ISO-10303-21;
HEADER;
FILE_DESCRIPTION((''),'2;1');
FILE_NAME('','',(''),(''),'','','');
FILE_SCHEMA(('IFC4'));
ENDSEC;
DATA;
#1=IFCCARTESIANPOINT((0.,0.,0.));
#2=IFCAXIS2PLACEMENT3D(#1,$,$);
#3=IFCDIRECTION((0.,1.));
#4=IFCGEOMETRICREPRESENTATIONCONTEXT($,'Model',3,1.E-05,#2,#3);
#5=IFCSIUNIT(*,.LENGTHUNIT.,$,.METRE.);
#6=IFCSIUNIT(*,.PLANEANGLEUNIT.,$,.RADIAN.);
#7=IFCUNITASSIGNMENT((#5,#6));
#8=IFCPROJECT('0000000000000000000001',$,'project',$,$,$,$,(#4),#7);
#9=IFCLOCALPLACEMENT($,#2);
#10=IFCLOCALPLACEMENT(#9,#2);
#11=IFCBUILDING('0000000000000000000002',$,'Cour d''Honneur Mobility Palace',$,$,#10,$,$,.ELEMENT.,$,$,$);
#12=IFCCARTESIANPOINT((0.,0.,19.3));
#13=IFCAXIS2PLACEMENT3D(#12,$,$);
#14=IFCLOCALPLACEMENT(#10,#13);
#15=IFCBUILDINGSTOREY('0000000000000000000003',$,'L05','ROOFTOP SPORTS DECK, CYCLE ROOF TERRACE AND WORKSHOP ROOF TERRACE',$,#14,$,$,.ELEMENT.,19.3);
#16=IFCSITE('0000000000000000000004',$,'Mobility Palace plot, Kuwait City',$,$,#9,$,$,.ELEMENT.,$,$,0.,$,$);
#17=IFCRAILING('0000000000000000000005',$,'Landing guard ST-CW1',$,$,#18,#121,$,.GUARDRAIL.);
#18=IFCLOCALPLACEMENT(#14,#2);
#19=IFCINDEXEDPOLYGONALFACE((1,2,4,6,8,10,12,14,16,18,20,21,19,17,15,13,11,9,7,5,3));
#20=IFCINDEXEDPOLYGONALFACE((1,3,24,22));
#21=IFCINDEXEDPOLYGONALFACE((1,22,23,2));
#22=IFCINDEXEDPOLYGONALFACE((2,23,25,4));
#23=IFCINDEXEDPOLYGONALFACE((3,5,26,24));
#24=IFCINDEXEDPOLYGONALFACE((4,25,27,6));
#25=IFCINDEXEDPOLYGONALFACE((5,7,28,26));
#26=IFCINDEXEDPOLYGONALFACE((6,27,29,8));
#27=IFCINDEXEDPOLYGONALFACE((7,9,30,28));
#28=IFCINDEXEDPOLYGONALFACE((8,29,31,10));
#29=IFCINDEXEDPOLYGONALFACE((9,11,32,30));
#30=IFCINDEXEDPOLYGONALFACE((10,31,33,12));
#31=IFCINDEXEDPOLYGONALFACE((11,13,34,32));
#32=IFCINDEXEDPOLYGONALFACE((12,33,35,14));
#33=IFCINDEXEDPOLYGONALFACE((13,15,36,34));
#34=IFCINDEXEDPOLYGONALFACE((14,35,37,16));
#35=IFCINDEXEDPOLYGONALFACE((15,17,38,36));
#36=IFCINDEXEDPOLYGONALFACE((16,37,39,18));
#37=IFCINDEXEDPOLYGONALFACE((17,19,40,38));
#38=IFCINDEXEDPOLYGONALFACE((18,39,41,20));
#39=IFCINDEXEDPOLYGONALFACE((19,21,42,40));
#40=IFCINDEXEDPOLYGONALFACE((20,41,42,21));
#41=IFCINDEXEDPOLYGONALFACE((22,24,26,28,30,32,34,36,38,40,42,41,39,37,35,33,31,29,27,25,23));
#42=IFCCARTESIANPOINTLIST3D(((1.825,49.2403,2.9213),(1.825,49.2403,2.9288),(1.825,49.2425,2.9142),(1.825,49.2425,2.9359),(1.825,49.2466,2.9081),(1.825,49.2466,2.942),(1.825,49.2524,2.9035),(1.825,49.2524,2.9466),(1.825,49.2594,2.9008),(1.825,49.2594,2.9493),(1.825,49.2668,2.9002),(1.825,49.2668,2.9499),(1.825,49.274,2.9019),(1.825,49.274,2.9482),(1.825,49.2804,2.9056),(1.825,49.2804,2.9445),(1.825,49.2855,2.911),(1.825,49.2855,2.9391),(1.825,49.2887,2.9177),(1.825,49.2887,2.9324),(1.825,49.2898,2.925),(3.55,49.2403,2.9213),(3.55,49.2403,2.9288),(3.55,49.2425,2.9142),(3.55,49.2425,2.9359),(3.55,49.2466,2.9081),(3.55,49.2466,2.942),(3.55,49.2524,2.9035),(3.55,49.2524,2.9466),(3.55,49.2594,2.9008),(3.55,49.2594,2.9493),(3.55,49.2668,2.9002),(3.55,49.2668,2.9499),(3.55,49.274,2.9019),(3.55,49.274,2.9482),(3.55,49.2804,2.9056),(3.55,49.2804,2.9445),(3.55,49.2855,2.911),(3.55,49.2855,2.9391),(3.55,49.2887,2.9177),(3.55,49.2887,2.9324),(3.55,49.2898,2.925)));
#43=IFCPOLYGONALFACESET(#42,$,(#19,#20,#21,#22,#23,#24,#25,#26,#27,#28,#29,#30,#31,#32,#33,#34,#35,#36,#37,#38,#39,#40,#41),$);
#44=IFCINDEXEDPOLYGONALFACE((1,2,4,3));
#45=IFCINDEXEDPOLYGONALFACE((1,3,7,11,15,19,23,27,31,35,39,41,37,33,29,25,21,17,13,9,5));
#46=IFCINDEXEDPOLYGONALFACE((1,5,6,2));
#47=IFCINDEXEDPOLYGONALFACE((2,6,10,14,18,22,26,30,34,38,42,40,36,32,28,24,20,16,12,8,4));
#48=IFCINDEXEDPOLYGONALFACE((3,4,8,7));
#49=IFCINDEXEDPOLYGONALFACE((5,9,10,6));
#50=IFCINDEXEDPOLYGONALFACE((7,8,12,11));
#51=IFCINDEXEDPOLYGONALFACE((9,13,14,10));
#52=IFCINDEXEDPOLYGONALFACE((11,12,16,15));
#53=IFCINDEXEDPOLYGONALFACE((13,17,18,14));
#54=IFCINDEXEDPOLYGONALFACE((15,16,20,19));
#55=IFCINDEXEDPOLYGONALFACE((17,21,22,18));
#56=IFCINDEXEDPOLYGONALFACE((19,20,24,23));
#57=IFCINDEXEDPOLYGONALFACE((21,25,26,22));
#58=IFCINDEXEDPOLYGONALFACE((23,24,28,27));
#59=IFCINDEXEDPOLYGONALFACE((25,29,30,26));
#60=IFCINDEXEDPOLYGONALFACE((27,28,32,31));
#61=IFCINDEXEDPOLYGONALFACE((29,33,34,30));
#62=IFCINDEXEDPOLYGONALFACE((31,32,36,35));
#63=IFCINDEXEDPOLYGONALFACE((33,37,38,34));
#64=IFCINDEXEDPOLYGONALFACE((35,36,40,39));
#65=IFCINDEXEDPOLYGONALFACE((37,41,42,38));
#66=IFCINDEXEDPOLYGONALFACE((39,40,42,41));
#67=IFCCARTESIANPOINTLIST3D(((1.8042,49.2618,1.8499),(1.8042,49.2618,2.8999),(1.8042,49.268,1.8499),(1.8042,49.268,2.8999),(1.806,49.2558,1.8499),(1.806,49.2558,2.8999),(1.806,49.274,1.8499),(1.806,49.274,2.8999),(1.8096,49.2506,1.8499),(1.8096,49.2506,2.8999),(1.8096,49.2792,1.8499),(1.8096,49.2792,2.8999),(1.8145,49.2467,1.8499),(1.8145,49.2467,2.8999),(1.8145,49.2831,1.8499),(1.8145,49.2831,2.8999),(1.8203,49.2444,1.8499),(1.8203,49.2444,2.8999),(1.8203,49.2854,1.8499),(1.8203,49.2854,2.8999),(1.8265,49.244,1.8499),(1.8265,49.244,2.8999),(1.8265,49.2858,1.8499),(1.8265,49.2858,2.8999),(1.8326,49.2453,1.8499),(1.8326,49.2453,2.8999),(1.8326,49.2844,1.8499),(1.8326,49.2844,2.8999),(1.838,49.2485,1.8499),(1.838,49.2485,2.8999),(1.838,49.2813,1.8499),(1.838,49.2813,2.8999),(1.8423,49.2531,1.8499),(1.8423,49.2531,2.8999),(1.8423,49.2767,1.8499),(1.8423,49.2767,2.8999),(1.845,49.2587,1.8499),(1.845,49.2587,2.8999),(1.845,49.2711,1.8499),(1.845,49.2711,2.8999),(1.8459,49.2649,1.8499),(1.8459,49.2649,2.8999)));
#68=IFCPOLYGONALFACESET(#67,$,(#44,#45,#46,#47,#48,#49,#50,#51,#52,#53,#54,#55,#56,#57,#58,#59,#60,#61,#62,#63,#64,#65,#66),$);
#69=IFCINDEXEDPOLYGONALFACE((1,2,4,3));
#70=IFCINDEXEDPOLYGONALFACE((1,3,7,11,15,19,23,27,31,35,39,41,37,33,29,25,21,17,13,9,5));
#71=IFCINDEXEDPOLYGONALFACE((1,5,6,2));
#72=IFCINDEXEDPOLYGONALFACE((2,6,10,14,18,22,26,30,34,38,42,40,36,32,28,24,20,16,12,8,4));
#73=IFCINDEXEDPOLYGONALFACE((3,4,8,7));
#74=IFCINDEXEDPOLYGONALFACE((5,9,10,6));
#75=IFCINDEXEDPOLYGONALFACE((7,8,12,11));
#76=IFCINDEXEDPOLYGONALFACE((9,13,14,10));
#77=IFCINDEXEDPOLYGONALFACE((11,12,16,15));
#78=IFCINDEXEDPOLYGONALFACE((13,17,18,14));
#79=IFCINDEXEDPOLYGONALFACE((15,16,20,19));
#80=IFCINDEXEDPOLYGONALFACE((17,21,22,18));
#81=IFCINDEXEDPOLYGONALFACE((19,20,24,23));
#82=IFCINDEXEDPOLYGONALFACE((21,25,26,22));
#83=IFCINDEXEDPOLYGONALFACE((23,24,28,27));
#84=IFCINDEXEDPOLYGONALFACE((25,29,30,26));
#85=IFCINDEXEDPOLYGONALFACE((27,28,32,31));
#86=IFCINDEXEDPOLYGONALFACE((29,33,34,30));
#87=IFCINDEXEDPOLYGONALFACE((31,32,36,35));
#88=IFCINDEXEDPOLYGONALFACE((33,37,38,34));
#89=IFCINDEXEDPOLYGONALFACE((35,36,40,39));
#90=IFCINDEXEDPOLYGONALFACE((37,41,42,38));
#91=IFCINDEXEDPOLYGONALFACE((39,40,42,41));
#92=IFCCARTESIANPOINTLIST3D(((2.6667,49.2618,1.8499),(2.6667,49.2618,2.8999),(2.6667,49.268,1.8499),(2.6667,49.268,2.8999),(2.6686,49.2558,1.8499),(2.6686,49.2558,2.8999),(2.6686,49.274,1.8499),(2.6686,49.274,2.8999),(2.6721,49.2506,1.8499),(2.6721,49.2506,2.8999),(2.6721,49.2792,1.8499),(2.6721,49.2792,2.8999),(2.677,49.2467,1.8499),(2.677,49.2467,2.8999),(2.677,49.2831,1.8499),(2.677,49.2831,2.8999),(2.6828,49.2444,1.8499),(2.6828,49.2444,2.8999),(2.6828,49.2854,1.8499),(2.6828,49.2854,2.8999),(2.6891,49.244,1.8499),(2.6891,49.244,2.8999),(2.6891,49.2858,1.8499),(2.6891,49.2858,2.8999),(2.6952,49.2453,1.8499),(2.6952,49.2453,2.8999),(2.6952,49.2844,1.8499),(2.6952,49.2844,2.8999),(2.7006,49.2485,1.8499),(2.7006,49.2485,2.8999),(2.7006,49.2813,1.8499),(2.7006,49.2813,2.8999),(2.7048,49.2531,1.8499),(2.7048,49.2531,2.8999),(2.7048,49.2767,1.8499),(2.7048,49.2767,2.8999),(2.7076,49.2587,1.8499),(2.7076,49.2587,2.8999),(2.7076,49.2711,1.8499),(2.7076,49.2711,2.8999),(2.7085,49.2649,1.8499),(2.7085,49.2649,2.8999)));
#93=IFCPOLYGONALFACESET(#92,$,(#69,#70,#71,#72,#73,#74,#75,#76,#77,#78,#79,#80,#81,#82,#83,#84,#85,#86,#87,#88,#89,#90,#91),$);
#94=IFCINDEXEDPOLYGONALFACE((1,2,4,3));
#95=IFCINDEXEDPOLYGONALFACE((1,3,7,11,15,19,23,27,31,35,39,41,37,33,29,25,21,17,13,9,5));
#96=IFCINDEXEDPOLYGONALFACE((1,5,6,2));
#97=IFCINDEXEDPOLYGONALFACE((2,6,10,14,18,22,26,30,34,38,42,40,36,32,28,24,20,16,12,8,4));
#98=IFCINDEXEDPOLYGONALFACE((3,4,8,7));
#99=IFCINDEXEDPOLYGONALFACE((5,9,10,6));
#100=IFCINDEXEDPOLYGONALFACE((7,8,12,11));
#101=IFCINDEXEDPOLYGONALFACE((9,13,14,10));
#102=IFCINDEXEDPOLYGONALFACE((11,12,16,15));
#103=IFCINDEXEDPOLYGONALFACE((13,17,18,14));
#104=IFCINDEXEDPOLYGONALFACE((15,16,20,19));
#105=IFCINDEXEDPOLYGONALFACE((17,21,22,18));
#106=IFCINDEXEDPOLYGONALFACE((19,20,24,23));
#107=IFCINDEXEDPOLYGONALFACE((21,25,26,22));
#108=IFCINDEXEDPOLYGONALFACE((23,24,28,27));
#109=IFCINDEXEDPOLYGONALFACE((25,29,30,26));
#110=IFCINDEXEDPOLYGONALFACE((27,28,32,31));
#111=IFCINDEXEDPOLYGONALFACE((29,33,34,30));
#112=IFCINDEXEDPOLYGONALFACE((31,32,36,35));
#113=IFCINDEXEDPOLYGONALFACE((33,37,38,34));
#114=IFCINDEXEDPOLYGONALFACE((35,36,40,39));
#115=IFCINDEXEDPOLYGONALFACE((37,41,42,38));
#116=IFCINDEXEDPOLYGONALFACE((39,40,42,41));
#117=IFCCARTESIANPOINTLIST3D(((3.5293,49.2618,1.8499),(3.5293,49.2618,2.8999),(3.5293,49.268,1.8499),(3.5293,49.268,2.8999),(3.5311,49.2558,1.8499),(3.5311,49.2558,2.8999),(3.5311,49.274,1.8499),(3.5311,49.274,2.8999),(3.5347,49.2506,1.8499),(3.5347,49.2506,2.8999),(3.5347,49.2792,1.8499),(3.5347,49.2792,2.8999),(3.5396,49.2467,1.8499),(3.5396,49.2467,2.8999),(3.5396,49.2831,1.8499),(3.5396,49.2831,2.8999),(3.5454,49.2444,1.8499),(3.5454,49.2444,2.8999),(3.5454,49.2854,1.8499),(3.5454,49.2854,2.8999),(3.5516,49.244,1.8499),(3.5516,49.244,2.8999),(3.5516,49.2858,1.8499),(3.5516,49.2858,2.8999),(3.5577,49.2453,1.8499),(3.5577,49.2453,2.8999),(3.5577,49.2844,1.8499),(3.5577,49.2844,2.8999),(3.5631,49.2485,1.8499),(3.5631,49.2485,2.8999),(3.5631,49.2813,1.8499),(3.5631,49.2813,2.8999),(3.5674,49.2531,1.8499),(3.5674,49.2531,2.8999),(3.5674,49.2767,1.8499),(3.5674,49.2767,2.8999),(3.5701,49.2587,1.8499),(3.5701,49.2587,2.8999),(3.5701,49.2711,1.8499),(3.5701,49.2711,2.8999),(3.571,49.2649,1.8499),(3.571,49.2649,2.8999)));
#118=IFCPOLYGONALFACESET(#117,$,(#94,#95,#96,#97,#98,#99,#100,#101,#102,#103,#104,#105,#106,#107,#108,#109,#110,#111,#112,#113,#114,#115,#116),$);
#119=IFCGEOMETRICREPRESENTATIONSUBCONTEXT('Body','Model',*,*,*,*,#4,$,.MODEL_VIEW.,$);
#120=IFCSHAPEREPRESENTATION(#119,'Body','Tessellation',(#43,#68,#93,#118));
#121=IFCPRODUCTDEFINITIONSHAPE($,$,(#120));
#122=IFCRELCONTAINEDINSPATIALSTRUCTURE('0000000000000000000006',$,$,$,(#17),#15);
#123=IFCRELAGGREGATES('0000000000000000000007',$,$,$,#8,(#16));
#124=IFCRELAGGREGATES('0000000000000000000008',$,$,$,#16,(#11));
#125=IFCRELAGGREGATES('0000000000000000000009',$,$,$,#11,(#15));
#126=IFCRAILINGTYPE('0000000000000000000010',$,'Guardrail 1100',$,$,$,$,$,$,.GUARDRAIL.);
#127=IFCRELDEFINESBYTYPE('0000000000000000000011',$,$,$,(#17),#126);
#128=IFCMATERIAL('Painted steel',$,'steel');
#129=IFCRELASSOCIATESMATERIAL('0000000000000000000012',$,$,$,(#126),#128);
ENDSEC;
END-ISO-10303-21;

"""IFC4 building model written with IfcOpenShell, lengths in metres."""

from ifc_helpers import new_model, si_unit, direction, frame, origin, origin_2d, place, context, subcontext, project, spatial, circle, extrude, material, type_object, element, save


model = new_model("IFC4")

# Units and contexts
model_context = context("Model", 3, precision=1e-05, world=origin(), true_north=direction((0.0, 1.0)))
body_context = subcontext(model_context, "Body", "Model", "MODEL_VIEW")
ifc_project = project(units=[si_unit("LENGTHUNIT", "METRE"), si_unit("PLANEANGLEUNIT", "RADIAN")], contexts=[model_context])

# Site, building, storey
site_placement = place(None, origin())
site = spatial("IfcSite", under=ifc_project, at=site_placement, Name="Mobility Palace plot, Kuwait City", CompositionType="ELEMENT", RefElevation=0.0)
building_placement = place(site_placement, origin())
building = spatial("IfcBuilding", under=site, at=building_placement, Name="Cour d'Honneur Mobility Palace", CompositionType="ELEMENT")
storey_placement = place(building_placement, frame((0.0, 0.0, 19.3)))
storey = spatial("IfcBuildingStorey", under=building, at=storey_placement, Name="L05", Description="ROOFTOP SPORTS DECK, CYCLE ROOF TERRACE AND WORKSHOP ROOF TERRACE", CompositionType="ELEMENT", Elevation=19.3)

# Railing
ifc_material_1 = material(Name="Painted steel", Category="steel")
railing_type_1 = type_object("IfcRailingType", Name="Guardrail 1100", PredefinedType="GUARDRAIL", material=ifc_material_1)
railing_placement = place(storey_placement, frame((1.825, 49.2649, 1.8499)))
element("IfcRailing", 1, at=railing_placement, inside=storey, type_object=railing_type_1, Name="Landing guard ST-CW1", PredefinedType="GUARDRAIL", context=body_context, shape_type="SweptSolid", body=[
    extrude(circle(Radius=0.0249, at=origin_2d()), frame((0.0, 0.0, 1.0752), z_axis=(1.0, 0.0, 0.0), x_axis=(0.0, 1.0, 0.0)), (0.0, 0.0, 1.0), 1.7251),
    extrude(circle(Radius=0.021, at=origin_2d()), origin(), (0.0, 0.0, 1.0), 1.05),
    extrude(circle(Radius=0.021, at=origin_2d()), frame((0.8625, 0.0, 0.0)), (0.0, 0.0, 1.0), 1.05),
    extrude(circle(Radius=0.021, at=origin_2d()), frame((1.7251, 0.0, 0.0)), (0.0, 0.0, 1.0), 1.05),
])

save(model, "model.ifc")
